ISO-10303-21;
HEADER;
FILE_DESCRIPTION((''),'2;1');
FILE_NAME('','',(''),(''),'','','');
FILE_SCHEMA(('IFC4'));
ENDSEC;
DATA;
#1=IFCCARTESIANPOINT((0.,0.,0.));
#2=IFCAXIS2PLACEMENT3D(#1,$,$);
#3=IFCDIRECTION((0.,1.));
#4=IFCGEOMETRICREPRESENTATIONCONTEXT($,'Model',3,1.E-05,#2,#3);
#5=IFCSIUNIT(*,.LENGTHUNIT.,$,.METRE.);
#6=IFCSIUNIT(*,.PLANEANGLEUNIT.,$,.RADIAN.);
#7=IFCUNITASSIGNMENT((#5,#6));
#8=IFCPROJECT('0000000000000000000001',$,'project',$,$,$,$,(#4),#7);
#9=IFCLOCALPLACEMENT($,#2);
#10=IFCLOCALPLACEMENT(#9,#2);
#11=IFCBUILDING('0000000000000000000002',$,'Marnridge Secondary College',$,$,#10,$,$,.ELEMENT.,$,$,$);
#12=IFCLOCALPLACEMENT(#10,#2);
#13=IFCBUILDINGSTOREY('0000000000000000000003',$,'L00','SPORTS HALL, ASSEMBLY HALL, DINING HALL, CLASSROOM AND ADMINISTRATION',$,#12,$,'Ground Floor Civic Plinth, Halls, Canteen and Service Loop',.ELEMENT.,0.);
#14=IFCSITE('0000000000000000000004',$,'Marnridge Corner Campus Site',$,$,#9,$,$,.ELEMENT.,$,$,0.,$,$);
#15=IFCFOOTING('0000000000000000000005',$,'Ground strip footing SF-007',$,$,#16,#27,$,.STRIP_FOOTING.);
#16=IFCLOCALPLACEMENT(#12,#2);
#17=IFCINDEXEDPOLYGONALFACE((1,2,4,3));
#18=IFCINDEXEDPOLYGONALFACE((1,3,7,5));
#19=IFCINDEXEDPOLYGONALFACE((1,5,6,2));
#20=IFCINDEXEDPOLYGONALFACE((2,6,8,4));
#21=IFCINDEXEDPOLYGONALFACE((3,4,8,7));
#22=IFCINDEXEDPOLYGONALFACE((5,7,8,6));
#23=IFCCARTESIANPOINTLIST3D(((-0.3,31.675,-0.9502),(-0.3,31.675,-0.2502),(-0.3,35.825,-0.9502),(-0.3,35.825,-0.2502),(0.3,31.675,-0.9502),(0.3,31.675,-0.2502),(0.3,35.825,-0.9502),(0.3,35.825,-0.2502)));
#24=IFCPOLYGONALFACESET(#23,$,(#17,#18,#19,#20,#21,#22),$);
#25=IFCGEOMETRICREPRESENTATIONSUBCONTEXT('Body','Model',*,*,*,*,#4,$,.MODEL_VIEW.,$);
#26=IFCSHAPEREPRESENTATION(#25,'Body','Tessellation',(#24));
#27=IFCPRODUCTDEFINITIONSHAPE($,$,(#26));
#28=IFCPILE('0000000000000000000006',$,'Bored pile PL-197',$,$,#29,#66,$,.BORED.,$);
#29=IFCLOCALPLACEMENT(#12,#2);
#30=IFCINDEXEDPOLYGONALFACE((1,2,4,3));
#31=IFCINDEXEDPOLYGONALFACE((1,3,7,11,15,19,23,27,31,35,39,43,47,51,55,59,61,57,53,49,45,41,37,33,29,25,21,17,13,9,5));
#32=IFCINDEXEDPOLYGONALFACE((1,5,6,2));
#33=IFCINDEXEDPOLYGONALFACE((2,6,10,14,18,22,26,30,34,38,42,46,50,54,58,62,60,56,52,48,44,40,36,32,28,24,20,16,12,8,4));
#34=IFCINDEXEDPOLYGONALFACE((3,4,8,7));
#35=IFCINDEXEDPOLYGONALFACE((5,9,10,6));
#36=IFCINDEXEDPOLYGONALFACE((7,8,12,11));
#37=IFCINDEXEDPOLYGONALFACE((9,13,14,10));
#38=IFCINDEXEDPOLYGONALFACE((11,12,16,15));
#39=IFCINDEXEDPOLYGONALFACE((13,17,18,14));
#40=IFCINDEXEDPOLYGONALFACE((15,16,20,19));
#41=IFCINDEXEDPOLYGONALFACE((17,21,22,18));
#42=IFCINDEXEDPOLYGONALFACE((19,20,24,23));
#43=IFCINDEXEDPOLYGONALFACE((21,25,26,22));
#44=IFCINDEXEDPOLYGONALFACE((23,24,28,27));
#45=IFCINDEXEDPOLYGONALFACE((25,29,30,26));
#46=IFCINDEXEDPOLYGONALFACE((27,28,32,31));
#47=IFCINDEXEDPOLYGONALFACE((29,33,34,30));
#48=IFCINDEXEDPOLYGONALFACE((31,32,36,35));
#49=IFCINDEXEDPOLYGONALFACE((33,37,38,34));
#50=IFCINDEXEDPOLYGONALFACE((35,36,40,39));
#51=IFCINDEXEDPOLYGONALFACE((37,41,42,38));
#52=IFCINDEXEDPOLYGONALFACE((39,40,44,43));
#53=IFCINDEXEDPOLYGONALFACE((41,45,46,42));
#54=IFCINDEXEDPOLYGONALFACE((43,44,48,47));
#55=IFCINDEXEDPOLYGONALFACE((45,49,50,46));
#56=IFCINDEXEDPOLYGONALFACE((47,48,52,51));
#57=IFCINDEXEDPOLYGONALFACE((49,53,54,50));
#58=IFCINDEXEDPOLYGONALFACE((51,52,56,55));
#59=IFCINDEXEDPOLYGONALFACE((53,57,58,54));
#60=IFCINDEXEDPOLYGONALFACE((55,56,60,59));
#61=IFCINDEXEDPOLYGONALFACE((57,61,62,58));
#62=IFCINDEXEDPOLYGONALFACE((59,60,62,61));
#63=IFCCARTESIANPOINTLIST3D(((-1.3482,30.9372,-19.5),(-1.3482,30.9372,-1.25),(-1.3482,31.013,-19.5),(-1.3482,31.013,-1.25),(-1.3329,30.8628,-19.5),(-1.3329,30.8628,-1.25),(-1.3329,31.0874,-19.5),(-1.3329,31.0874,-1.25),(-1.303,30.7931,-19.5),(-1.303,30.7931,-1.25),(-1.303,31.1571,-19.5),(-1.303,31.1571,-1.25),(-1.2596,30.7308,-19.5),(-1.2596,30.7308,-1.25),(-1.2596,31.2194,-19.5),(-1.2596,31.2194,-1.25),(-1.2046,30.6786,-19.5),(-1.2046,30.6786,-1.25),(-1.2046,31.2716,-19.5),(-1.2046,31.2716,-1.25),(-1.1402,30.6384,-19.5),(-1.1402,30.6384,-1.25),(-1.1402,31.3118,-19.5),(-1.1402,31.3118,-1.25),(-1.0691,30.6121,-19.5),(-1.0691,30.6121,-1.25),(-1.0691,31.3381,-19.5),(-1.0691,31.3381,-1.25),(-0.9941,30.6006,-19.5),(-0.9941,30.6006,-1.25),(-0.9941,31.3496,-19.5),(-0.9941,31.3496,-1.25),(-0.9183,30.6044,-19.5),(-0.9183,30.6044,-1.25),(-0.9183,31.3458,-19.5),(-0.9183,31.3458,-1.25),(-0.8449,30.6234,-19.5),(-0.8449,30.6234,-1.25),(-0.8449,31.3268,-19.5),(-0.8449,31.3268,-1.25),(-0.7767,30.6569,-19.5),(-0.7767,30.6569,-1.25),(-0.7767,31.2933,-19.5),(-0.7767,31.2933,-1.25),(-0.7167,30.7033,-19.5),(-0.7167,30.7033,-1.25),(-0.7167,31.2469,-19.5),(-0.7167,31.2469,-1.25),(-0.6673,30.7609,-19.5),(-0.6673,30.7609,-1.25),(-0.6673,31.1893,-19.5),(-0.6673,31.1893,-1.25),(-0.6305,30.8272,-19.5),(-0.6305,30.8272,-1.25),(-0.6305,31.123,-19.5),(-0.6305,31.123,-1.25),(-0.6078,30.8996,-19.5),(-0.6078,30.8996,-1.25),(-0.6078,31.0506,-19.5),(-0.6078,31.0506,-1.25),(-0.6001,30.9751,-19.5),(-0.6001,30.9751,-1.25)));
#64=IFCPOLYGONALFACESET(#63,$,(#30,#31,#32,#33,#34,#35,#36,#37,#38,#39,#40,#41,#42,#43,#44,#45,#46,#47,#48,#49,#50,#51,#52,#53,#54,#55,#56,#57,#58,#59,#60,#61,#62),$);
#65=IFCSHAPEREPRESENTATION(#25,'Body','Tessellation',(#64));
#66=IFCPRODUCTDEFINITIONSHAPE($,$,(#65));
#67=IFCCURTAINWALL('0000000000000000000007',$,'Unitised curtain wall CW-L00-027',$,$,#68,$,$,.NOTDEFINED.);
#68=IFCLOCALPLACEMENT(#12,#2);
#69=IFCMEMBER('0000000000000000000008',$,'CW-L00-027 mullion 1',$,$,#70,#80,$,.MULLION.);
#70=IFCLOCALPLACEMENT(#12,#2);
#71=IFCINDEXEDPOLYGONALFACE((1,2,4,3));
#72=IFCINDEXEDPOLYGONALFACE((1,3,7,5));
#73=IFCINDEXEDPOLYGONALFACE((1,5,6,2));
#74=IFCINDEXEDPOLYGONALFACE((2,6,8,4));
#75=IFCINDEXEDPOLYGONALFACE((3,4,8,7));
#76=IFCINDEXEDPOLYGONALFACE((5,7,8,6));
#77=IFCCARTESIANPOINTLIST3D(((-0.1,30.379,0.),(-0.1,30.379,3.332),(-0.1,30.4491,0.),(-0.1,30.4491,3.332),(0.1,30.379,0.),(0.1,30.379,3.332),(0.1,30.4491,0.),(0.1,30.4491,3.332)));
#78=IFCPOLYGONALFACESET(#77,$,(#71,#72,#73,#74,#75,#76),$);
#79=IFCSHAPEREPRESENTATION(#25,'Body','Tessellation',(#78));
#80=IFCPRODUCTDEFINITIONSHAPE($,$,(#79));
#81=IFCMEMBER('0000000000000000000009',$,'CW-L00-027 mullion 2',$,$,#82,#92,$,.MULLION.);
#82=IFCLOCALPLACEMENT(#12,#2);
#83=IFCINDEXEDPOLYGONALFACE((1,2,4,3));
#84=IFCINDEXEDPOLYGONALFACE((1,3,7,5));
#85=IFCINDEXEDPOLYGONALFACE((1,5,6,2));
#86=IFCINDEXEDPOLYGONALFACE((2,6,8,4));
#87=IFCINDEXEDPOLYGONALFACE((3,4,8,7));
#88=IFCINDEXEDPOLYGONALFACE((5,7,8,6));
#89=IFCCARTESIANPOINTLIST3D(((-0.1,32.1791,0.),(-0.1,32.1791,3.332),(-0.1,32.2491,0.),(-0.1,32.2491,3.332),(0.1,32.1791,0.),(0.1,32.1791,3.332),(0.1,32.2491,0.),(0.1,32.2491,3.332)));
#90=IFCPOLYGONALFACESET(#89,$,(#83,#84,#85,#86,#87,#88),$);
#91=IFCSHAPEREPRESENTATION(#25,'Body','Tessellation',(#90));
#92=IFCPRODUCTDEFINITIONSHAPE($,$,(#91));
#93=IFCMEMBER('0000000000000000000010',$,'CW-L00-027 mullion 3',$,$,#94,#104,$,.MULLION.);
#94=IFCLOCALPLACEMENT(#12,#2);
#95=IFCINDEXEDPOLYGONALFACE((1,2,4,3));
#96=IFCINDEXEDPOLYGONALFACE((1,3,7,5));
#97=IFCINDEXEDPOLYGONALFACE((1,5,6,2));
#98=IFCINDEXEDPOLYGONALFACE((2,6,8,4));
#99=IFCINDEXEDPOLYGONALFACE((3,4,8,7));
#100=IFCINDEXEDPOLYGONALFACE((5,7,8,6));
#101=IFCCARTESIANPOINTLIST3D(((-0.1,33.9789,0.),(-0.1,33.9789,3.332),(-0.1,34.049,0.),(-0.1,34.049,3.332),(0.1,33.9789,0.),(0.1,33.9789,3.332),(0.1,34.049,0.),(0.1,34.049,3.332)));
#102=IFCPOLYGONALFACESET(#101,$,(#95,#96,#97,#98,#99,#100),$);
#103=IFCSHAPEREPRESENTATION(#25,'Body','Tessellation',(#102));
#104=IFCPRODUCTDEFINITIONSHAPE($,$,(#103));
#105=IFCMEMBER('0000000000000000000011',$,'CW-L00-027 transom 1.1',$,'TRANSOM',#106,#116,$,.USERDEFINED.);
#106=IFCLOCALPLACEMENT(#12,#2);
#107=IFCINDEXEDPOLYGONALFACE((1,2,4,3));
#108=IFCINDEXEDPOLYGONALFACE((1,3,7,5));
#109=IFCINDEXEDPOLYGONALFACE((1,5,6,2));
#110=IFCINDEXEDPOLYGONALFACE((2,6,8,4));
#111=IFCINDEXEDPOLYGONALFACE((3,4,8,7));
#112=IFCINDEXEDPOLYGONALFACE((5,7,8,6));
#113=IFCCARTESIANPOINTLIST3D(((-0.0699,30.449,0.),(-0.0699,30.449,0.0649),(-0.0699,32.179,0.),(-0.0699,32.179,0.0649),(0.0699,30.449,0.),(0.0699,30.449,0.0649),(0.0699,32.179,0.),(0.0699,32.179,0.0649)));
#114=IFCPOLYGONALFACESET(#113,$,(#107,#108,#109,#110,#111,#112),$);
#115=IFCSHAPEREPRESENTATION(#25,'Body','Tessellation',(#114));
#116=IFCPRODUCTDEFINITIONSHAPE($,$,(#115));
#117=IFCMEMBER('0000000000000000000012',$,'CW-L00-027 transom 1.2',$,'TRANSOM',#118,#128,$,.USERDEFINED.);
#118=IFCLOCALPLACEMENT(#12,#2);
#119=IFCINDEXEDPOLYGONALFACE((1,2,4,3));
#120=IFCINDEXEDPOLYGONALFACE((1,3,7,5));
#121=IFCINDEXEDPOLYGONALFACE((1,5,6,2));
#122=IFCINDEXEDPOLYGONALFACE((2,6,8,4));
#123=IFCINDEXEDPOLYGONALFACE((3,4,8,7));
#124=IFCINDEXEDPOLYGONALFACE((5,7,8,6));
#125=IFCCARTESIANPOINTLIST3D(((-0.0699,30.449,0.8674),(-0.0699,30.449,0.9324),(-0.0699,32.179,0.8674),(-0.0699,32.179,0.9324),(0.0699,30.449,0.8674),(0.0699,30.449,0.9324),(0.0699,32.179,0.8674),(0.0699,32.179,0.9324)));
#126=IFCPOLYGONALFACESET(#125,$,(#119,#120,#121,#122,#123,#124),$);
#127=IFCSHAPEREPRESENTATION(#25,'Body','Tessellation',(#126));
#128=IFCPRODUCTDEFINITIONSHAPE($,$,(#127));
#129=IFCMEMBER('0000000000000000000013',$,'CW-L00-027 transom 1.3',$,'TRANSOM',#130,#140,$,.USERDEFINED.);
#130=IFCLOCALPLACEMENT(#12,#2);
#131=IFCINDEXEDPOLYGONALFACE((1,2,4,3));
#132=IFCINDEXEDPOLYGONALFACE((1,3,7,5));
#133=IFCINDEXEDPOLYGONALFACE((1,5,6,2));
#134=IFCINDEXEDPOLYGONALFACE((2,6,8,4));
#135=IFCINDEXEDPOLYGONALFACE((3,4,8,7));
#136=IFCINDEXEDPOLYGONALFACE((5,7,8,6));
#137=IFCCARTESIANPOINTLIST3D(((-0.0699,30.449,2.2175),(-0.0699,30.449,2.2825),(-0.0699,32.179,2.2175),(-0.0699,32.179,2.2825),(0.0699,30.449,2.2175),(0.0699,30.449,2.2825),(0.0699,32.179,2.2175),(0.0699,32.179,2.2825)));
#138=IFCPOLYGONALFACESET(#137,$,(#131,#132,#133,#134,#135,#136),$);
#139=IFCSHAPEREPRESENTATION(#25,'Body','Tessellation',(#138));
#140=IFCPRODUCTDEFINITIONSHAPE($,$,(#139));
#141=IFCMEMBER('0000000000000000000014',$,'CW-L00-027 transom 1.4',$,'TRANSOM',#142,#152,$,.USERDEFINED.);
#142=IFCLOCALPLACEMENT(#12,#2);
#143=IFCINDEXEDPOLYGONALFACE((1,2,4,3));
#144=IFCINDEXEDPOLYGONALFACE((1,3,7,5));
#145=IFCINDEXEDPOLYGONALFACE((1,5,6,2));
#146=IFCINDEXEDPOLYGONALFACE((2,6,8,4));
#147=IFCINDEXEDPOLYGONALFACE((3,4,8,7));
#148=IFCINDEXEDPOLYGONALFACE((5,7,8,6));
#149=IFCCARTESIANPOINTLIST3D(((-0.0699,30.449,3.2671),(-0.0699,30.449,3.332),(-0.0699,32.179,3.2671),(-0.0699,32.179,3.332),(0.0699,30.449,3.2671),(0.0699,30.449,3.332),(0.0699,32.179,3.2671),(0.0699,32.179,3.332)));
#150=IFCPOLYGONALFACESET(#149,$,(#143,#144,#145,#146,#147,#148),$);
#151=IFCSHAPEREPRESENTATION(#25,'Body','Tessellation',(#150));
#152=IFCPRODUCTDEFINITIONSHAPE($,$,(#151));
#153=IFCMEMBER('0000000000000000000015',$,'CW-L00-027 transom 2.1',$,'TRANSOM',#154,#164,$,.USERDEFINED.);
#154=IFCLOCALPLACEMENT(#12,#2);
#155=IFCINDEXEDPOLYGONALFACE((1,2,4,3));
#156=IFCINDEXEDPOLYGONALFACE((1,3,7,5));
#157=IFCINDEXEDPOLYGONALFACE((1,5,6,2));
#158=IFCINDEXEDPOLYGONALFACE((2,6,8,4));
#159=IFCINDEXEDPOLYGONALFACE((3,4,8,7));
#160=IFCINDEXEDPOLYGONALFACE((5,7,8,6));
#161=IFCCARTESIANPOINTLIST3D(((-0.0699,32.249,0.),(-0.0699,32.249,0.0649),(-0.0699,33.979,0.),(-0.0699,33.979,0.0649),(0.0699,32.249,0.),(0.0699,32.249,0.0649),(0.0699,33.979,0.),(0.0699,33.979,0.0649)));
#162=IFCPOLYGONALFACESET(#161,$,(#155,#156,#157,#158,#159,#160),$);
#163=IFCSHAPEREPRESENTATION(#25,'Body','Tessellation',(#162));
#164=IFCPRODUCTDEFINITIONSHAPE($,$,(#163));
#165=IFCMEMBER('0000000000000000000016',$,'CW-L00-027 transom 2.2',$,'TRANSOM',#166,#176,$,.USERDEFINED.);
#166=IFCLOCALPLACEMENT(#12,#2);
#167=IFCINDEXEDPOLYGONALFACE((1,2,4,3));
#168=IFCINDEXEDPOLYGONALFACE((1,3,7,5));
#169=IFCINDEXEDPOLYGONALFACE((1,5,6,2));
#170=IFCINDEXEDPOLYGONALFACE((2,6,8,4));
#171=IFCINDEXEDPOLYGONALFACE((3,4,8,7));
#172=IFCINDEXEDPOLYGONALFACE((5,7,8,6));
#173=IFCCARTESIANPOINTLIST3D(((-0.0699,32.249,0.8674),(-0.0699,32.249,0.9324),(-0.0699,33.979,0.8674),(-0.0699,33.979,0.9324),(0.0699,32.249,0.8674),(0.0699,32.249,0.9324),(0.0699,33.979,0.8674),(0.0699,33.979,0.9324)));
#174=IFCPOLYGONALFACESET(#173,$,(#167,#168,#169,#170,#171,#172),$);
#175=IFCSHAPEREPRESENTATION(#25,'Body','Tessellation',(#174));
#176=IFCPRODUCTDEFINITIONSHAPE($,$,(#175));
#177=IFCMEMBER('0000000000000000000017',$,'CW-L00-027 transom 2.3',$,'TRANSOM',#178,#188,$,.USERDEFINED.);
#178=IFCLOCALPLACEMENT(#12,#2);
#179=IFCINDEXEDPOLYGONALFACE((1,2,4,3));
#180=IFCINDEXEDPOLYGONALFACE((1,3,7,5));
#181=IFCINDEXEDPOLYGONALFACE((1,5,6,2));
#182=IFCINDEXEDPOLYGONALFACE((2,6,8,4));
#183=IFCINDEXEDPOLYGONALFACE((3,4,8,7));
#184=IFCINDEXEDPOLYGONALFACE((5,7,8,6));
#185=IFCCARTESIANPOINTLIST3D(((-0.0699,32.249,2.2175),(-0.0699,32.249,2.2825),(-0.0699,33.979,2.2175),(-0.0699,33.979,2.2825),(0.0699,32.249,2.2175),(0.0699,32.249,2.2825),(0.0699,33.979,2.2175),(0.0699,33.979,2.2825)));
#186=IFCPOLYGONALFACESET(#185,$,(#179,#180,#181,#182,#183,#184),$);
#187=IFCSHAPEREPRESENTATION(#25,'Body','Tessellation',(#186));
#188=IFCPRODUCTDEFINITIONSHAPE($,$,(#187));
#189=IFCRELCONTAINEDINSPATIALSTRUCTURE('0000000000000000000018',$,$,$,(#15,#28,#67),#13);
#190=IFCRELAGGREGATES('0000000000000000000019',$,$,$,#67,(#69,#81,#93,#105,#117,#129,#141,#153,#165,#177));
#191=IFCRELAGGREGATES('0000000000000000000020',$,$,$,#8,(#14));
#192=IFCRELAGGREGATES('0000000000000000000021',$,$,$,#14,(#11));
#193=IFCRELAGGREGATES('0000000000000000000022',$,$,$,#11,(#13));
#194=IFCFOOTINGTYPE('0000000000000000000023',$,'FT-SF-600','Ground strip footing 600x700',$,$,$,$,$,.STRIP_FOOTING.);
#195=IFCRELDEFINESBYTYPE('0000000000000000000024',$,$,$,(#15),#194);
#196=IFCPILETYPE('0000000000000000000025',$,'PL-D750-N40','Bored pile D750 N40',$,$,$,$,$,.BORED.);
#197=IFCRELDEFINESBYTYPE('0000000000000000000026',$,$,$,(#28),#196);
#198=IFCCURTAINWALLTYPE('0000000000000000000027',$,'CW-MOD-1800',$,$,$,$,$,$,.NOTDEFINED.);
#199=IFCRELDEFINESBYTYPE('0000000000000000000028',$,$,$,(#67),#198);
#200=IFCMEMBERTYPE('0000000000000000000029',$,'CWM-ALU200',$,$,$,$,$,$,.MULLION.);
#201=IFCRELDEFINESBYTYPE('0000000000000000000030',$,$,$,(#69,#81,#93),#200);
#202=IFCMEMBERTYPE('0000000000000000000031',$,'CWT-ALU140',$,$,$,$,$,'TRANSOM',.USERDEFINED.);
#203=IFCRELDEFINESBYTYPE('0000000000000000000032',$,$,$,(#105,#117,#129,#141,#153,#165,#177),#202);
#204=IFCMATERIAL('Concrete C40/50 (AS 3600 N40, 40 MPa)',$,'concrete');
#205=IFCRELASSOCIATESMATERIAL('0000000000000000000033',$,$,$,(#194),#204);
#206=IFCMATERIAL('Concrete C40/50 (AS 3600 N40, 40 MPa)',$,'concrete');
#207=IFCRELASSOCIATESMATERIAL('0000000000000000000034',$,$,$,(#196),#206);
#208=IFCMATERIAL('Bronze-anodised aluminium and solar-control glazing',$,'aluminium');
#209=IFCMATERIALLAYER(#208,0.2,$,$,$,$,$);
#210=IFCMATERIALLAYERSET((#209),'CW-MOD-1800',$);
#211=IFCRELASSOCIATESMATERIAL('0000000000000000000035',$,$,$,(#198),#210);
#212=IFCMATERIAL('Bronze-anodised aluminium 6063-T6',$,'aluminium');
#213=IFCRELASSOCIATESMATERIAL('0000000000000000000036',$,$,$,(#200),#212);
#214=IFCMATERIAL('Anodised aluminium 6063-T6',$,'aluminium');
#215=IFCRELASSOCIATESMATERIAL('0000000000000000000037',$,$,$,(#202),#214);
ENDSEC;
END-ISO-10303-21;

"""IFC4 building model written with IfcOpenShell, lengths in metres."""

from ifc_helpers import new_model, si_unit, direction, frame, origin, origin_2d, place, context, subcontext, project, spatial, rectangle, circle, extrude, material, layer, layer_set, material_profile, profile_set, type_object, element, aggregate, save


model = new_model("IFC4")

# Units and contexts
model_context = context("Model", 3, precision=1e-05, world=origin(), true_north=direction((0.0, 1.0)))
body_context = subcontext(model_context, "Body", "Model", "MODEL_VIEW")
ifc_project = project(units=[si_unit("LENGTHUNIT", "METRE"), si_unit("PLANEANGLEUNIT", "RADIAN")], contexts=[model_context])

# Site, building, storey
site_placement = place(None, origin())
site = spatial("IfcSite", under=ifc_project, at=site_placement, Name="Marnridge Corner Campus Site", CompositionType="ELEMENT", RefElevation=0.0)
building_placement = place(site_placement, origin())
building = spatial("IfcBuilding", under=site, at=building_placement, Name="Marnridge Secondary College", CompositionType="ELEMENT")
storey_placement = place(building_placement, origin())
storey = spatial("IfcBuildingStorey", under=building, at=storey_placement, Name="L00", Description="SPORTS HALL, ASSEMBLY HALL, DINING HALL, CLASSROOM AND ADMINISTRATION", LongName="Ground Floor Civic Plinth, Halls, Canteen and Service Loop", CompositionType="ELEMENT", Elevation=0.0)

# Footing
ifc_material_1 = material(Name="Concrete C40/50 (AS 3600 N40, 40 MPa)", Category="concrete")
footing_type = type_object("IfcFootingType", Name="FT-SF-600", Description="Ground strip footing 600x700", PredefinedType="STRIP_FOOTING", material=ifc_material_1)
footing_placement = place(storey_placement, frame((0.0, 33.75, -0.9502), z_axis=(0.0, 0.0, 1.0), x_axis=(1.0, 0.0, 0.0)))
element("IfcFooting", 1, at=footing_placement, inside=storey, type_object=footing_type, Name="Ground strip footing SF-007", PredefinedType="STRIP_FOOTING", context=body_context, shape_type="SweptSolid", body=[
    extrude(rectangle(XDim=0.6001, YDim=4.1499, at=origin_2d()), origin(), (0.0, 0.0, 1.0), 0.7),
])

# Pile
ifc_material_2 = material(Name="Concrete C40/50 (AS 3600 N40, 40 MPa)", Category="concrete")
ifc_material_profile_1 = material_profile(ifc_material_2, circle(Radius=0.375, at=origin_2d()), Name="PILE D750")
ifc_profile_set_1 = profile_set([ifc_material_profile_1], Name="Concrete C40/50 (AS 3600 N40, 40 MPa)")
pile_type = type_object("IfcPileType", Name="PL-D750-N40", Description="Bored pile D750 N40", PredefinedType="BORED", material=ifc_profile_set_1)
pile_placement = place(storey_placement, frame((-0.9751, 30.9751, -1.25), z_axis=(0.0, 0.0, -1.0), x_axis=(1.0, 0.0, 0.0)))
element("IfcPile", 2, at=pile_placement, inside=storey, type_object=pile_type, Name="Bored pile PL-197", PredefinedType="BORED", context=body_context, shape_type="SweptSolid", body=[
    extrude(circle(Radius=0.375, at=origin_2d()), origin(), (0.0, 0.0, 1.0), 18.25),
])

# Curtain wall, members
ifc_material_3 = material(Name="Bronze-anodised aluminium and solar-control glazing", Category="aluminium")
ifc_layer_1 = layer(ifc_material_3, 0.2)
ifc_layer_set_1 = layer_set([ifc_layer_1], Name="CW-MOD-1800")
curtain_wall_type = type_object("IfcCurtainWallType", Name="CW-MOD-1800", PredefinedType="NOTDEFINED", material=ifc_layer_set_1)
curtain_wall_placement = place(storey_placement, origin())
curtain_wall = element("IfcCurtainWall", 3, at=curtain_wall_placement, inside=storey, type_object=curtain_wall_type, Name="Unitised curtain wall CW-L00-027", PredefinedType="NOTDEFINED")
ifc_material_4 = material(Name="Bronze-anodised aluminium 6063-T6", Category="aluminium")
ifc_material_profile_2 = material_profile(ifc_material_4, rectangle(XDim=0.0701, YDim=0.2, at=origin_2d()), Name="ALU 70x200")
ifc_profile_set_2 = profile_set([ifc_material_profile_2], Name="Bronze-anodised aluminium 6063-T6")
member_type_1 = type_object("IfcMemberType", Name="CWM-ALU200", PredefinedType="MULLION", material=ifc_profile_set_2)
member_1_placement = place(storey_placement, frame((0.0, 30.4141, 0.0), z_axis=(0.0, 0.0, 1.0), x_axis=(0.0, 1.0, 0.0)))
member_1 = element("IfcMember", 4, at=member_1_placement, type_object=member_type_1, Name="CW-L00-027 mullion 1", PredefinedType="MULLION", context=body_context, shape_type="SweptSolid", body=[
    extrude(rectangle(XDim=0.0701, YDim=0.2, at=origin_2d()), origin(), (0.0, 0.0, 1.0), 3.332),
])
member_2_placement = place(storey_placement, frame((0.0, 32.2141, 0.0), z_axis=(0.0, 0.0, 1.0), x_axis=(0.0, 1.0, 0.0)))
member_2 = element("IfcMember", 5, at=member_2_placement, type_object=member_type_1, Name="CW-L00-027 mullion 2", PredefinedType="MULLION", context=body_context, shape_type="SweptSolid", body=[
    extrude(rectangle(XDim=0.0701, YDim=0.2, at=origin_2d()), origin(), (0.0, 0.0, 1.0), 3.332),
])
member_3_placement = place(storey_placement, frame((0.0, 34.0139, 0.0), z_axis=(0.0, 0.0, 1.0), x_axis=(0.0, 1.0, 0.0)))
member_3 = element("IfcMember", 6, at=member_3_placement, type_object=member_type_1, Name="CW-L00-027 mullion 3", PredefinedType="MULLION", context=body_context, shape_type="SweptSolid", body=[
    extrude(rectangle(XDim=0.0701, YDim=0.2, at=origin_2d()), origin(), (0.0, 0.0, 1.0), 3.332),
])
ifc_material_5 = material(Name="Anodised aluminium 6063-T6", Category="aluminium")
ifc_material_profile_3 = material_profile(ifc_material_5, rectangle(XDim=0.0649, YDim=0.1399, at=origin_2d()), Name="ALU 65x140")
ifc_profile_set_3 = profile_set([ifc_material_profile_3], Name="Anodised aluminium 6063-T6")
member_type_2 = type_object("IfcMemberType", Name="CWT-ALU140", ElementType="TRANSOM", PredefinedType="USERDEFINED", material=ifc_profile_set_3)
member_4_placement = place(storey_placement, frame((0.0, 30.449, 0.0325), z_axis=(0.0, 1.0, 0.0), x_axis=(0.0, 0.0, 1.0)))
member_4 = element("IfcMember", 7, at=member_4_placement, type_object=member_type_2, Name="CW-L00-027 transom 1.1", ObjectType="TRANSOM", PredefinedType="USERDEFINED", context=body_context, shape_type="SweptSolid", body=[
    extrude(rectangle(XDim=0.0649, YDim=0.1399, at=origin_2d()), origin(), (0.0, 0.0, 1.0), 1.73),
])
member_5_placement = place(storey_placement, frame((0.0, 30.449, 0.8999), z_axis=(0.0, 1.0, 0.0), x_axis=(0.0, 0.0, 1.0)))
member_5 = element("IfcMember", 8, at=member_5_placement, type_object=member_type_2, Name="CW-L00-027 transom 1.2", ObjectType="TRANSOM", PredefinedType="USERDEFINED", context=body_context, shape_type="SweptSolid", body=[
    extrude(rectangle(XDim=0.0649, YDim=0.1399, at=origin_2d()), origin(), (0.0, 0.0, 1.0), 1.73),
])
member_6_placement = place(storey_placement, frame((0.0, 30.449, 2.25), z_axis=(0.0, 1.0, 0.0), x_axis=(0.0, 0.0, 1.0)))
member_6 = element("IfcMember", 9, at=member_6_placement, type_object=member_type_2, Name="CW-L00-027 transom 1.3", ObjectType="TRANSOM", PredefinedType="USERDEFINED", context=body_context, shape_type="SweptSolid", body=[
    extrude(rectangle(XDim=0.0649, YDim=0.1399, at=origin_2d()), origin(), (0.0, 0.0, 1.0), 1.73),
])
member_7_placement = place(storey_placement, frame((0.0, 30.449, 3.2996), z_axis=(0.0, 1.0, 0.0), x_axis=(0.0, 0.0, 1.0)))
member_7 = element("IfcMember", 10, at=member_7_placement, type_object=member_type_2, Name="CW-L00-027 transom 1.4", ObjectType="TRANSOM", PredefinedType="USERDEFINED", context=body_context, shape_type="SweptSolid", body=[
    extrude(rectangle(XDim=0.0649, YDim=0.1399, at=origin_2d()), origin(), (0.0, 0.0, 1.0), 1.73),
])
member_8_placement = place(storey_placement, frame((0.0, 32.249, 0.0325), z_axis=(0.0, 1.0, 0.0), x_axis=(0.0, 0.0, 1.0)))
member_8 = element("IfcMember", 11, at=member_8_placement, type_object=member_type_2, Name="CW-L00-027 transom 2.1", ObjectType="TRANSOM", PredefinedType="USERDEFINED", context=body_context, shape_type="SweptSolid", body=[
    extrude(rectangle(XDim=0.0649, YDim=0.1399, at=origin_2d()), origin(), (0.0, 0.0, 1.0), 1.73),
])
member_9_placement = place(storey_placement, frame((0.0, 32.249, 0.8999), z_axis=(0.0, 1.0, 0.0), x_axis=(0.0, 0.0, 1.0)))
member_9 = element("IfcMember", 12, at=member_9_placement, type_object=member_type_2, Name="CW-L00-027 transom 2.2", ObjectType="TRANSOM", PredefinedType="USERDEFINED", context=body_context, shape_type="SweptSolid", body=[
    extrude(rectangle(XDim=0.0649, YDim=0.1399, at=origin_2d()), origin(), (0.0, 0.0, 1.0), 1.73),
])
member_10_placement = place(storey_placement, frame((0.0, 32.249, 2.25), z_axis=(0.0, 1.0, 0.0), x_axis=(0.0, 0.0, 1.0)))
member_10 = element("IfcMember", 13, at=member_10_placement, type_object=member_type_2, Name="CW-L00-027 transom 2.3", ObjectType="TRANSOM", PredefinedType="USERDEFINED", context=body_context, shape_type="SweptSolid", body=[
    extrude(rectangle(XDim=0.0649, YDim=0.1399, at=origin_2d()), origin(), (0.0, 0.0, 1.0), 1.73),
])
aggregate(curtain_wall, [member_1, member_2, member_3, member_4, member_5, member_6, member_7, member_8, member_9, member_10])

save(model, "model.ifc")
